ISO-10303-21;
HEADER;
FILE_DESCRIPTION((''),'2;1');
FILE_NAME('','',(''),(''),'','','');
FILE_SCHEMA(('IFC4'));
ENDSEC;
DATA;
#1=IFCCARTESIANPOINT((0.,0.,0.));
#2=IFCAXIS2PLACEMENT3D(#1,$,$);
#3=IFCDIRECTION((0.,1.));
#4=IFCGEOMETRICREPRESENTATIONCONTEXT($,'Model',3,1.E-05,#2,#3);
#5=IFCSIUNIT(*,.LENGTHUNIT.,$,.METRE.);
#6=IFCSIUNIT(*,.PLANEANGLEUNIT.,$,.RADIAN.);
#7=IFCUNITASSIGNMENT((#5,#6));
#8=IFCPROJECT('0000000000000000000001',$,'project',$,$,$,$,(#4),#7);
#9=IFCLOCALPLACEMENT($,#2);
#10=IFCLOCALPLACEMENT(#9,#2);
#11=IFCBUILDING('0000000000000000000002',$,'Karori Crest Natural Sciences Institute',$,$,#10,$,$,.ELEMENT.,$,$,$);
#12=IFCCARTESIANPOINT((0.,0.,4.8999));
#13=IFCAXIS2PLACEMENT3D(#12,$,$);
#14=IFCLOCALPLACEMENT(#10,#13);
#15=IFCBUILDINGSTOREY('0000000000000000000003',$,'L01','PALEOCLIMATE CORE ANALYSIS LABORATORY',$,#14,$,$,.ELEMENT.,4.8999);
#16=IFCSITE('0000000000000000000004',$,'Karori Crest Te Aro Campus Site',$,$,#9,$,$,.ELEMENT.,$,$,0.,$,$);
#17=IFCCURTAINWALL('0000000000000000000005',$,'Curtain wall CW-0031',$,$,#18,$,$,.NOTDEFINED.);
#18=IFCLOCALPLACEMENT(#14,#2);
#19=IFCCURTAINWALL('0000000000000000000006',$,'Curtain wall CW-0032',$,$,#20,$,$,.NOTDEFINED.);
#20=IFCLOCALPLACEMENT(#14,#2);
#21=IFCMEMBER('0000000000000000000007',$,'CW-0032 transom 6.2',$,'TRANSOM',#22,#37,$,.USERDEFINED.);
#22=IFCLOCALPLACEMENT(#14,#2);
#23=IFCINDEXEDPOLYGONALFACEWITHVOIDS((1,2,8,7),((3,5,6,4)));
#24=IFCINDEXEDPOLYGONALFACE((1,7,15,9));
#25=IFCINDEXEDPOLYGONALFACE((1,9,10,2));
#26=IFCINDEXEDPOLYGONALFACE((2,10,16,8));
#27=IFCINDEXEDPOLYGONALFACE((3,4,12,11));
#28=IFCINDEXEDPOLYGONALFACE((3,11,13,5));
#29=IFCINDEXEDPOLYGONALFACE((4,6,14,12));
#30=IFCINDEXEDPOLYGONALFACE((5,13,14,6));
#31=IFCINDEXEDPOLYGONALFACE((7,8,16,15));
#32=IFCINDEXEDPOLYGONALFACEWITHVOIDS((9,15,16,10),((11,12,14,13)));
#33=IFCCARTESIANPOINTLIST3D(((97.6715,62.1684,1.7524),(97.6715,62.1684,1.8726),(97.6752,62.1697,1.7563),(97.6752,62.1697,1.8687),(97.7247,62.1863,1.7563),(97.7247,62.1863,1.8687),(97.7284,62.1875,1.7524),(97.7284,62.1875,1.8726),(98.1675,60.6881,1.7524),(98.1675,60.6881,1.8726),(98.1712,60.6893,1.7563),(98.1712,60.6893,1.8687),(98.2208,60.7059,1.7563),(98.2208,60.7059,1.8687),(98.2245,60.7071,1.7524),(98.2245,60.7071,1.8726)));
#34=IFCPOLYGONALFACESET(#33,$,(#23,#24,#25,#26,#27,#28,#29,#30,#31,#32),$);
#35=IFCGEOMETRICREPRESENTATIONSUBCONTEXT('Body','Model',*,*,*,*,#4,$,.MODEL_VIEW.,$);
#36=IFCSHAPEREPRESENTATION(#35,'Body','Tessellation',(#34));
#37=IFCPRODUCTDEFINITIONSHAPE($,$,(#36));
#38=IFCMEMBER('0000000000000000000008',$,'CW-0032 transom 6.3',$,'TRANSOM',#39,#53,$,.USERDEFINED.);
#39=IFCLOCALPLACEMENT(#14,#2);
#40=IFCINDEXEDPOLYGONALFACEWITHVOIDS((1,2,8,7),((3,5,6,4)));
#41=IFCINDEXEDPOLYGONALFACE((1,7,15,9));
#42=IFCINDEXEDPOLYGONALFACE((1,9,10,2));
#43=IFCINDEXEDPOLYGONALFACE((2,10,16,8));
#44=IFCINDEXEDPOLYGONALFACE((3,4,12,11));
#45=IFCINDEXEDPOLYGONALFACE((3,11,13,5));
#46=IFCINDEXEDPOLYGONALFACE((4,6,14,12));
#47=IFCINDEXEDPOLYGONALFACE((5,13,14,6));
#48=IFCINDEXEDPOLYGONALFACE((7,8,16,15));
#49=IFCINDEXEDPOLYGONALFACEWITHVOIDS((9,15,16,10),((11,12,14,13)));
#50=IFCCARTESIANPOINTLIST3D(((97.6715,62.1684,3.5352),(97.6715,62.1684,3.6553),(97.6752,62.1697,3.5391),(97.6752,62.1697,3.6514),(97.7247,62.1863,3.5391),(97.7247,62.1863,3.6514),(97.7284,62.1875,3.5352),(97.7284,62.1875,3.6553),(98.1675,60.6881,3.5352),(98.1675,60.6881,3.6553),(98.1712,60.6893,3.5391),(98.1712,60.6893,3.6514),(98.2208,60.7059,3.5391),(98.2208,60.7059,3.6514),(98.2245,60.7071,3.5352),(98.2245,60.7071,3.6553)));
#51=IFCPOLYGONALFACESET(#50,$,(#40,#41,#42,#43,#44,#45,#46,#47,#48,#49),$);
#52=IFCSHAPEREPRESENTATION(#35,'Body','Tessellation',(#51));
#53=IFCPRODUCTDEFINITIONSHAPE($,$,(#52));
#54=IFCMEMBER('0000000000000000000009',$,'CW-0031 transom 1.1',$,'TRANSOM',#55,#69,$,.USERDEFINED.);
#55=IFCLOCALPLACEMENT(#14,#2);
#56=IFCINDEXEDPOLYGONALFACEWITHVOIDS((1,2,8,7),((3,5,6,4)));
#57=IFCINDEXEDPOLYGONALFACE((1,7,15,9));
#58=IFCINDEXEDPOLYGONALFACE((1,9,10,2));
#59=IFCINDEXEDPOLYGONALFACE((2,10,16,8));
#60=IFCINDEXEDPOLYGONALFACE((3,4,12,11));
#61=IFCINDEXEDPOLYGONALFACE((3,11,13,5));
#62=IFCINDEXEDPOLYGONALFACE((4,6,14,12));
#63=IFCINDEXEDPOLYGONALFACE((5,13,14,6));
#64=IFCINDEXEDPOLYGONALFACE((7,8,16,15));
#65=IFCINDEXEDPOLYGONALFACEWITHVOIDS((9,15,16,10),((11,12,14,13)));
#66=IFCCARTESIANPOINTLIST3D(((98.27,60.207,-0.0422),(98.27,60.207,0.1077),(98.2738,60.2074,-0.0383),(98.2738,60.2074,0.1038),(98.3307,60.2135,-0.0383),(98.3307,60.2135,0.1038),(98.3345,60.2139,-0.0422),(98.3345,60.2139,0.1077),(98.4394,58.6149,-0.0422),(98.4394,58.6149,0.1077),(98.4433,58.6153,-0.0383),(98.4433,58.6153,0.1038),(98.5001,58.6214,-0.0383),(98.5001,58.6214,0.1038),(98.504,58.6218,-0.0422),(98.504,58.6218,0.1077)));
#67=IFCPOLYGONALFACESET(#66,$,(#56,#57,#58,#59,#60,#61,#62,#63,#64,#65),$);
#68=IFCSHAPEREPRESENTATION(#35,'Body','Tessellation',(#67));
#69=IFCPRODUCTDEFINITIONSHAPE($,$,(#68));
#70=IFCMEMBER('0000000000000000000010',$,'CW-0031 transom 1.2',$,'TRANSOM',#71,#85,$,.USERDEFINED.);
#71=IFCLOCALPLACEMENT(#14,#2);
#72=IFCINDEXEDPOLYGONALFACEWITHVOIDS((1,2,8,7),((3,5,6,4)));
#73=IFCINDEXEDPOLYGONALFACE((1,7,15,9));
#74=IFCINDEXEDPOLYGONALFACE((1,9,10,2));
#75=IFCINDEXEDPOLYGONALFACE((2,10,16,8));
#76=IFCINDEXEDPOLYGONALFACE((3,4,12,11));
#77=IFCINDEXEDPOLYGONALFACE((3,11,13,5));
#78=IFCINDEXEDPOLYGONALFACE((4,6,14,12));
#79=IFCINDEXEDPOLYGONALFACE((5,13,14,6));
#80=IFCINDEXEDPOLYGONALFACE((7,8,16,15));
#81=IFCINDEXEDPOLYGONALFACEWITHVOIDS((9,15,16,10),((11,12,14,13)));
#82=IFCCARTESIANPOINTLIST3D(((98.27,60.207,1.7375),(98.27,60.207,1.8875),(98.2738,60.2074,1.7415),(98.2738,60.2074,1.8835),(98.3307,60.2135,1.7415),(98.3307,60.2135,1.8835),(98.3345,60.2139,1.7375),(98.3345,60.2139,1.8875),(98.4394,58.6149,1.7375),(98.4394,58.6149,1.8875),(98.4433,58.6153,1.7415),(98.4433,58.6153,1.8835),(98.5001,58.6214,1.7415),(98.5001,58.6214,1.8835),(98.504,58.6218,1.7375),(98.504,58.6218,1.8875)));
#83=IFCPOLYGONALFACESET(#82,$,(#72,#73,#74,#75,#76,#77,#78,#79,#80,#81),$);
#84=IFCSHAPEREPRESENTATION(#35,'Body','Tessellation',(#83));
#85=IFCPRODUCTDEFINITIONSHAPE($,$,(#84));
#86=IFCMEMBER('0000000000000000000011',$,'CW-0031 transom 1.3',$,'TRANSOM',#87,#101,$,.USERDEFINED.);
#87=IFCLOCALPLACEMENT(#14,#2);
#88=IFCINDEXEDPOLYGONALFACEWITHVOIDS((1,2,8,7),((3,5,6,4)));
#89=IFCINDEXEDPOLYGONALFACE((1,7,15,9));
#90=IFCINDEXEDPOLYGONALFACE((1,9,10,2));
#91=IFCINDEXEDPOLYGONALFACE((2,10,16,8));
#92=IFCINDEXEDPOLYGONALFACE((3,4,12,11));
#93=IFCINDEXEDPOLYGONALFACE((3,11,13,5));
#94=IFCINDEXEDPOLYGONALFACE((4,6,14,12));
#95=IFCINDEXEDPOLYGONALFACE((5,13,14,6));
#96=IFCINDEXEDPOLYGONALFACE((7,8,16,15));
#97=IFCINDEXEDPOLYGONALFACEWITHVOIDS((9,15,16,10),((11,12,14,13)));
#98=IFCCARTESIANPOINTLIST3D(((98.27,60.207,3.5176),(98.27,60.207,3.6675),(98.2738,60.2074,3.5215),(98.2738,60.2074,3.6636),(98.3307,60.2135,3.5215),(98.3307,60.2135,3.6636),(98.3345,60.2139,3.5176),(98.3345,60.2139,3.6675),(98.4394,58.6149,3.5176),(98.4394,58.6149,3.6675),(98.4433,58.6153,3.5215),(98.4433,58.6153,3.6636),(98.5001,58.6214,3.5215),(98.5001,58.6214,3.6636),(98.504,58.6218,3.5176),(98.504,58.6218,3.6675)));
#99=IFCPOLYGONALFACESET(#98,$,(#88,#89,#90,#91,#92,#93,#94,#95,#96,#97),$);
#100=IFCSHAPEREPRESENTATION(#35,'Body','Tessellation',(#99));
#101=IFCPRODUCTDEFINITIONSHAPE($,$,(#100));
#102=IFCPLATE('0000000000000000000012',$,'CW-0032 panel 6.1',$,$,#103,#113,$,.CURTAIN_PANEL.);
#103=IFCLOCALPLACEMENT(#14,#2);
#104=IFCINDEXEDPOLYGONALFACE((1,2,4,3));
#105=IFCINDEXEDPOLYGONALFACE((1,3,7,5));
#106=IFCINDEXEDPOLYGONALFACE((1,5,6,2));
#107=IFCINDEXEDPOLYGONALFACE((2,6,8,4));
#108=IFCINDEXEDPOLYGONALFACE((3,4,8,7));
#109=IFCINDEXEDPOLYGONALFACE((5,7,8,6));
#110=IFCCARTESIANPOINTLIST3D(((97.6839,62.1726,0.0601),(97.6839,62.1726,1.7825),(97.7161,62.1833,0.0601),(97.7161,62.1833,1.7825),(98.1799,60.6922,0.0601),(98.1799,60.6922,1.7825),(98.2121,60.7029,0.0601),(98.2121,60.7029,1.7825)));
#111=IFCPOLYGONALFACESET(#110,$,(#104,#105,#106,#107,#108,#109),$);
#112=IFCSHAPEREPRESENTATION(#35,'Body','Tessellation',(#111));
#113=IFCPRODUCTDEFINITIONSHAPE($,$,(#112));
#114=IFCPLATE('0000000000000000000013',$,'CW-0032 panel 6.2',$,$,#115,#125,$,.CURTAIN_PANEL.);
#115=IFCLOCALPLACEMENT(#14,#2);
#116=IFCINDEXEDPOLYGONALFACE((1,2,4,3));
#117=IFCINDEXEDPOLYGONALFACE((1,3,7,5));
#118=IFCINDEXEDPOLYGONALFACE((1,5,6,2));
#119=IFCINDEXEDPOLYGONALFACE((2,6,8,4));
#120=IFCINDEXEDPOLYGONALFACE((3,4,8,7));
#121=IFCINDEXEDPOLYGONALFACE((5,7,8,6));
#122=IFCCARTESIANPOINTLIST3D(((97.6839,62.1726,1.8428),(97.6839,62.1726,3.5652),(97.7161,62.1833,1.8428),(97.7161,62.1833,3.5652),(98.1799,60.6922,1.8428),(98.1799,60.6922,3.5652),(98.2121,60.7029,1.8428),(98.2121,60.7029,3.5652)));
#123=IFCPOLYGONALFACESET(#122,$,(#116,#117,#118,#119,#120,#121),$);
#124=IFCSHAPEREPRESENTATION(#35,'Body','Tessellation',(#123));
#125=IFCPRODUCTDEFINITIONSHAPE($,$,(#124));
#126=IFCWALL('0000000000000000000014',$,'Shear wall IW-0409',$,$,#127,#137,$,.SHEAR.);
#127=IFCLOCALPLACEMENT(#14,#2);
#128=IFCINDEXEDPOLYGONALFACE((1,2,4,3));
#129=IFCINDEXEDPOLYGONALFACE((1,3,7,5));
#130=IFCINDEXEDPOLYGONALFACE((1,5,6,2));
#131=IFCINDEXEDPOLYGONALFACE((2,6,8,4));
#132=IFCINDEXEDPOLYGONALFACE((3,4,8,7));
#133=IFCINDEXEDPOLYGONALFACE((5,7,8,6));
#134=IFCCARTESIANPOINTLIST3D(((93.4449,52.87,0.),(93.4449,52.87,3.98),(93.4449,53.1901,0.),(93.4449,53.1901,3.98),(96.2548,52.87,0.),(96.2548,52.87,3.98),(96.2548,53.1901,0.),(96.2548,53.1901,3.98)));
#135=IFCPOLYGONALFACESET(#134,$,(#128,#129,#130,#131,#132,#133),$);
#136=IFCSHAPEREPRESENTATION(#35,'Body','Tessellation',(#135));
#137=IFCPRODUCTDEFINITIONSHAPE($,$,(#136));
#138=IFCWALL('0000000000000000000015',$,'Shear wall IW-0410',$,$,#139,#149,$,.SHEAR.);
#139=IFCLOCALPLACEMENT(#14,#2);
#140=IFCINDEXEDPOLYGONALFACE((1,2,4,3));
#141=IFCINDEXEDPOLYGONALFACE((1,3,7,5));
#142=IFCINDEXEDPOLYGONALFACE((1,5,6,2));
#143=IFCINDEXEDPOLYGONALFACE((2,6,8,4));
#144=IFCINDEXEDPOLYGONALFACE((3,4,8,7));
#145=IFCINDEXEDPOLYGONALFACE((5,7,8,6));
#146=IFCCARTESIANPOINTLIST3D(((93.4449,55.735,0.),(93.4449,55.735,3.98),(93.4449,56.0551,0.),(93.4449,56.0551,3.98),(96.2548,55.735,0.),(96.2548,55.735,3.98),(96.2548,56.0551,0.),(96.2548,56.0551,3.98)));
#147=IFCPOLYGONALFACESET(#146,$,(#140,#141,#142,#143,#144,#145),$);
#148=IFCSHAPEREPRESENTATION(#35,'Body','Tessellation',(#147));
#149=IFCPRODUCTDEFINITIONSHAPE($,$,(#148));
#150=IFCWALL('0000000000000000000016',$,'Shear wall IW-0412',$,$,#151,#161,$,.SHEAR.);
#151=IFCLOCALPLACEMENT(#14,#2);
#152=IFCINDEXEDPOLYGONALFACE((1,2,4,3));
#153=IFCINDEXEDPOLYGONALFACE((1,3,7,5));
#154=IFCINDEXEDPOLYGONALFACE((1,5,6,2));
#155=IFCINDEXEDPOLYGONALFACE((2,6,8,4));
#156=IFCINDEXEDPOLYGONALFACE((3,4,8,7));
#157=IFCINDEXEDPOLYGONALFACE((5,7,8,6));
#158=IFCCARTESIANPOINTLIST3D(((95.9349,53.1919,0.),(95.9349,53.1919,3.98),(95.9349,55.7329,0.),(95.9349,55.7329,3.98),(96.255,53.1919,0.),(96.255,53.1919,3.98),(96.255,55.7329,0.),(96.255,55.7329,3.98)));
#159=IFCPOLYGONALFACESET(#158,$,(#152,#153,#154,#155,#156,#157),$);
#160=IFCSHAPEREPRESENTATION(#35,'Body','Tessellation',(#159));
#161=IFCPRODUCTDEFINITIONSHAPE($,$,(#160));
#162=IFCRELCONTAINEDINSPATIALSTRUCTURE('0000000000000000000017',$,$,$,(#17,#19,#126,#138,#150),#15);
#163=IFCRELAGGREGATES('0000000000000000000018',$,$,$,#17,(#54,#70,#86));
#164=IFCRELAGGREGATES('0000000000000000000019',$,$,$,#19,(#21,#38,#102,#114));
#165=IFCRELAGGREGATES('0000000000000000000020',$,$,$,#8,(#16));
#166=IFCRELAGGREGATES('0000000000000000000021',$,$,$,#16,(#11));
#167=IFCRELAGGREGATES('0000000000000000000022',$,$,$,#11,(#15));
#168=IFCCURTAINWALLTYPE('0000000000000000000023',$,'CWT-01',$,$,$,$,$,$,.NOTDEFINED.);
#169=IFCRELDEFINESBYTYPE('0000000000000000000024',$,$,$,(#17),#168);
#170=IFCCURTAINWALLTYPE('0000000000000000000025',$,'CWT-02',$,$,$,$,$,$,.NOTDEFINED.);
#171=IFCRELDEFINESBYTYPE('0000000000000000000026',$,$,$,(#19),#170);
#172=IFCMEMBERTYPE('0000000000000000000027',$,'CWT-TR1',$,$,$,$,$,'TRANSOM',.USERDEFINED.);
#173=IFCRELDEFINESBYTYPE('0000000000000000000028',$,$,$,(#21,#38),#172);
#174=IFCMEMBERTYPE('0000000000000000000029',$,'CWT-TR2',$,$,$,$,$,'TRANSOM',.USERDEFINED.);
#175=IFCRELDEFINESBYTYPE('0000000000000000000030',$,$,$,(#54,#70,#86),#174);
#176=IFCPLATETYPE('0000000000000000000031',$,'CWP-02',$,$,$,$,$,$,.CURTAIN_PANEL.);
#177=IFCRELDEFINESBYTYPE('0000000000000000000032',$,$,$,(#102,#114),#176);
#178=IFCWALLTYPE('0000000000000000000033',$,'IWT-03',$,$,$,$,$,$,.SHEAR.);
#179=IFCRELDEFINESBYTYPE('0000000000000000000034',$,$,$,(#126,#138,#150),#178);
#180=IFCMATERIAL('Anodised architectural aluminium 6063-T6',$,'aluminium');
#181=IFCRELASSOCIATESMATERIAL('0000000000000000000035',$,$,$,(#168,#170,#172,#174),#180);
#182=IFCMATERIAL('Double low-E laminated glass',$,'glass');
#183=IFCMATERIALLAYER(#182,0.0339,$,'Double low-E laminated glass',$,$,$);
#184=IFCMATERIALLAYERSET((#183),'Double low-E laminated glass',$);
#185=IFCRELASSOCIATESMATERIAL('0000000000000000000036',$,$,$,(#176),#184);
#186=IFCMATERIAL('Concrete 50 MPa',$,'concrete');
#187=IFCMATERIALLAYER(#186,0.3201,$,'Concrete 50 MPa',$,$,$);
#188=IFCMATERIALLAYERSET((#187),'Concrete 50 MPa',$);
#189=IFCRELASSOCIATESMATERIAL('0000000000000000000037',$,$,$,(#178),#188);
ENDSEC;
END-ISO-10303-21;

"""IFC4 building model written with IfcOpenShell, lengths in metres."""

from ifc_helpers import new_model, si_unit, direction, frame, frame_2d, origin, origin_2d, place, context, subcontext, project, spatial, rectangle, hollow_rectangle, extrude, material, layer, layer_set, material_profile, profile_set, type_object, element, aggregate, save


model = new_model("IFC4")

# Units and contexts
model_context = context("Model", 3, precision=1e-05, world=origin(), true_north=direction((0.0, 1.0)))
body_context = subcontext(model_context, "Body", "Model", "MODEL_VIEW")
ifc_project = project(units=[si_unit("LENGTHUNIT", "METRE"), si_unit("PLANEANGLEUNIT", "RADIAN")], contexts=[model_context])

# Site, building, storey
site_placement = place(None, origin())
site = spatial("IfcSite", under=ifc_project, at=site_placement, Name="Karori Crest Te Aro Campus Site", CompositionType="ELEMENT", RefElevation=0.0)
building_placement = place(site_placement, origin())
building = spatial("IfcBuilding", under=site, at=building_placement, Name="Karori Crest Natural Sciences Institute", CompositionType="ELEMENT")
storey_placement = place(building_placement, frame((0.0, 0.0, 4.8999)))
storey = spatial("IfcBuildingStorey", under=building, at=storey_placement, Name="L01", Description="PALEOCLIMATE CORE ANALYSIS LABORATORY", CompositionType="ELEMENT", Elevation=4.8999)

# Curtain wall
ifc_material_1 = material(Name="Anodised architectural aluminium 6063-T6", Category="aluminium")
curtain_wall_type_1 = type_object("IfcCurtainWallType", Name="CWT-01", PredefinedType="NOTDEFINED", material=ifc_material_1)
curtain_wall_1_placement = place(storey_placement, origin())
curtain_wall_1 = element("IfcCurtainWall", 1, at=curtain_wall_1_placement, inside=storey, type_object=curtain_wall_type_1, Name="Curtain wall CW-0031", PredefinedType="NOTDEFINED")

# Curtain wall, members
curtain_wall_type_2 = type_object("IfcCurtainWallType", Name="CWT-02", PredefinedType="NOTDEFINED", material=ifc_material_1)
curtain_wall_2_placement = place(storey_placement, origin())
curtain_wall_2 = element("IfcCurtainWall", 2, at=curtain_wall_2_placement, inside=storey, type_object=curtain_wall_type_2, Name="Curtain wall CW-0032", PredefinedType="NOTDEFINED")
ifc_material_profile_1 = material_profile(ifc_material_1, hollow_rectangle(XDim=0.0601, YDim=0.1201, WallThickness=0.0039, at=origin_2d()), Name="CWT120x60x4")
ifc_profile_set_1 = profile_set([ifc_material_profile_1], Name="Anodised architectural aluminium 6063-T6")
member_type_1 = type_object("IfcMemberType", Name="CWT-TR1", ElementType="TRANSOM", PredefinedType="USERDEFINED", material=ifc_profile_set_1)
member_1_placement = place(storey_placement, frame((97.7, 62.178, 1.8125), z_axis=(0.317728, -0.948182, 0.0), x_axis=(0.948182, 0.317728, 0.0)))
member_1 = element("IfcMember", 3, at=member_1_placement, type_object=member_type_1, Name="CW-0032 transom 6.2", ObjectType="TRANSOM", PredefinedType="USERDEFINED", context=body_context, shape_type="SweptSolid", body=[
    extrude(hollow_rectangle(XDim=0.0601, YDim=0.1201, WallThickness=0.0039, at=origin_2d()), origin(), (0.0, 0.0, 1.0), 1.5613),
])
member_2_placement = place(storey_placement, frame((97.7, 62.178, 3.5952), z_axis=(0.317728, -0.948182, 0.0), x_axis=(0.948182, 0.317728, 0.0)))
member_2 = element("IfcMember", 4, at=member_2_placement, type_object=member_type_1, Name="CW-0032 transom 6.3", ObjectType="TRANSOM", PredefinedType="USERDEFINED", context=body_context, shape_type="SweptSolid", body=[
    extrude(hollow_rectangle(XDim=0.0601, YDim=0.1201, WallThickness=0.0039, at=origin_2d()), origin(), (0.0, 0.0, 1.0), 1.5613),
])

# Members
ifc_material_profile_2 = material_profile(ifc_material_1, hollow_rectangle(XDim=0.0649, YDim=0.1499, WallThickness=0.0039, at=origin_2d()), Name="CWT150x65x4")
ifc_profile_set_2 = profile_set([ifc_material_profile_2], Name="Anodised architectural aluminium 6063-T6")
member_type_2 = type_object("IfcMemberType", Name="CWT-TR2", ElementType="TRANSOM", PredefinedType="USERDEFINED", material=ifc_profile_set_2)
member_3_placement = place(storey_placement, frame((98.3022, 60.2104, 0.0327), z_axis=(0.105828, -0.994384, 0.0), x_axis=(0.994384, 0.105828, 0.0)))
member_3 = element("IfcMember", 5, at=member_3_placement, type_object=member_type_2, Name="CW-0031 transom 1.1", ObjectType="TRANSOM", PredefinedType="USERDEFINED", context=body_context, shape_type="SweptSolid", body=[
    extrude(hollow_rectangle(XDim=0.0649, YDim=0.1499, WallThickness=0.0039, at=origin_2d()), origin(), (0.0, 0.0, 1.0), 1.6011),
])
member_4_placement = place(storey_placement, frame((98.3022, 60.2104, 1.8125), z_axis=(0.105828, -0.994384, 0.0), x_axis=(0.994384, 0.105828, 0.0)))
member_4 = element("IfcMember", 6, at=member_4_placement, type_object=member_type_2, Name="CW-0031 transom 1.2", ObjectType="TRANSOM", PredefinedType="USERDEFINED", context=body_context, shape_type="SweptSolid", body=[
    extrude(hollow_rectangle(XDim=0.0649, YDim=0.1499, WallThickness=0.0039, at=origin_2d()), origin(), (0.0, 0.0, 1.0), 1.6011),
])
member_5_placement = place(storey_placement, frame((98.3022, 60.2104, 3.5925), z_axis=(0.105828, -0.994384, 0.0), x_axis=(0.994384, 0.105828, 0.0)))
member_5 = element("IfcMember", 7, at=member_5_placement, type_object=member_type_2, Name="CW-0031 transom 1.3", ObjectType="TRANSOM", PredefinedType="USERDEFINED", context=body_context, shape_type="SweptSolid", body=[
    extrude(hollow_rectangle(XDim=0.0649, YDim=0.1499, WallThickness=0.0039, at=origin_2d()), origin(), (0.0, 0.0, 1.0), 1.6011),
])
aggregate(curtain_wall_1, [member_3, member_4, member_5])

# Plates
ifc_material_2 = material(Name="Double low-E laminated glass", Category="glass")
ifc_layer_1 = layer(ifc_material_2, 0.0339, Name="Double low-E laminated glass")
ifc_layer_set_1 = layer_set([ifc_layer_1], Name="Double low-E laminated glass")
plate_type = type_object("IfcPlateType", Name="CWP-02", PredefinedType="CURTAIN_PANEL", material=ifc_layer_set_1)
plate_1_placement = place(storey_placement, frame((97.948, 61.4377, 0.0601), z_axis=(0.0, 0.0, 1.0), x_axis=(0.317685, -0.948196, 0.0)))
plate_1 = element("IfcPlate", 8, at=plate_1_placement, type_object=plate_type, Name="CW-0032 panel 6.1", PredefinedType="CURTAIN_PANEL", context=body_context, shape_type="SweptSolid", body=[
    extrude(rectangle(XDim=1.5613, YDim=0.0339, at=origin_2d()), origin(), (0.0, 0.0, 1.0), 1.7224),
])
plate_2_placement = place(storey_placement, frame((97.948, 61.4377, 1.8428), z_axis=(0.0, 0.0, 1.0), x_axis=(0.317685, -0.948196, 0.0)))
plate_2 = element("IfcPlate", 9, at=plate_2_placement, type_object=plate_type, Name="CW-0032 panel 6.2", PredefinedType="CURTAIN_PANEL", context=body_context, shape_type="SweptSolid", body=[
    extrude(rectangle(XDim=1.5613, YDim=0.0339, at=origin_2d()), origin(), (0.0, 0.0, 1.0), 1.7224),
])
aggregate(curtain_wall_2, [member_1, member_2, plate_1, plate_2])

# Walls
ifc_material_3 = material(Name="Concrete 50 MPa", Category="concrete")
ifc_layer_2 = layer(ifc_material_3, 0.3201, Name="Concrete 50 MPa")
ifc_layer_set_2 = layer_set([ifc_layer_2], Name="Concrete 50 MPa")
wall_type = type_object("IfcWallType", Name="IWT-03", PredefinedType="SHEAR", material=ifc_layer_set_2)
for number, where, z_axis, x_axis, name in (
    (10, (93.4451, 53.03, 0.0), (0.0, 0.0, 1.0), (1.0, 0.0, 0.0), "Shear wall IW-0409"),
    (11, (93.4451, 55.895, 0.0), (0.0, 0.0, 1.0), (1.0, 0.0, 0.0), "Shear wall IW-0410"),
):
    element("IfcWall", number, at=place(storey_placement, frame(where, z_axis=z_axis, x_axis=x_axis)), inside=storey, type_object=wall_type, Name=name, PredefinedType="SHEAR", context=body_context, shape_type="SweptSolid", body=[
        extrude(rectangle(XDim=2.8098, YDim=0.3201, at=frame_2d((1.4048, 0.0))), origin(), (0.0, 0.0, 1.0), 3.98),
    ])

# Wall
wall_1_placement = place(storey_placement, frame((96.095, 53.1919, 0.0), z_axis=(0.0, 0.0, 1.0), x_axis=(0.0, 1.0, 0.0)))
element("IfcWall", 12, at=wall_1_placement, inside=storey, type_object=wall_type, Name="Shear wall IW-0412", PredefinedType="SHEAR", context=body_context, shape_type="SweptSolid", body=[
    extrude(rectangle(XDim=2.541, YDim=0.3201, at=frame_2d((1.2705, 0.0))), origin(), (0.0, 0.0, 1.0), 3.98),
])

save(model, "model.ifc")
